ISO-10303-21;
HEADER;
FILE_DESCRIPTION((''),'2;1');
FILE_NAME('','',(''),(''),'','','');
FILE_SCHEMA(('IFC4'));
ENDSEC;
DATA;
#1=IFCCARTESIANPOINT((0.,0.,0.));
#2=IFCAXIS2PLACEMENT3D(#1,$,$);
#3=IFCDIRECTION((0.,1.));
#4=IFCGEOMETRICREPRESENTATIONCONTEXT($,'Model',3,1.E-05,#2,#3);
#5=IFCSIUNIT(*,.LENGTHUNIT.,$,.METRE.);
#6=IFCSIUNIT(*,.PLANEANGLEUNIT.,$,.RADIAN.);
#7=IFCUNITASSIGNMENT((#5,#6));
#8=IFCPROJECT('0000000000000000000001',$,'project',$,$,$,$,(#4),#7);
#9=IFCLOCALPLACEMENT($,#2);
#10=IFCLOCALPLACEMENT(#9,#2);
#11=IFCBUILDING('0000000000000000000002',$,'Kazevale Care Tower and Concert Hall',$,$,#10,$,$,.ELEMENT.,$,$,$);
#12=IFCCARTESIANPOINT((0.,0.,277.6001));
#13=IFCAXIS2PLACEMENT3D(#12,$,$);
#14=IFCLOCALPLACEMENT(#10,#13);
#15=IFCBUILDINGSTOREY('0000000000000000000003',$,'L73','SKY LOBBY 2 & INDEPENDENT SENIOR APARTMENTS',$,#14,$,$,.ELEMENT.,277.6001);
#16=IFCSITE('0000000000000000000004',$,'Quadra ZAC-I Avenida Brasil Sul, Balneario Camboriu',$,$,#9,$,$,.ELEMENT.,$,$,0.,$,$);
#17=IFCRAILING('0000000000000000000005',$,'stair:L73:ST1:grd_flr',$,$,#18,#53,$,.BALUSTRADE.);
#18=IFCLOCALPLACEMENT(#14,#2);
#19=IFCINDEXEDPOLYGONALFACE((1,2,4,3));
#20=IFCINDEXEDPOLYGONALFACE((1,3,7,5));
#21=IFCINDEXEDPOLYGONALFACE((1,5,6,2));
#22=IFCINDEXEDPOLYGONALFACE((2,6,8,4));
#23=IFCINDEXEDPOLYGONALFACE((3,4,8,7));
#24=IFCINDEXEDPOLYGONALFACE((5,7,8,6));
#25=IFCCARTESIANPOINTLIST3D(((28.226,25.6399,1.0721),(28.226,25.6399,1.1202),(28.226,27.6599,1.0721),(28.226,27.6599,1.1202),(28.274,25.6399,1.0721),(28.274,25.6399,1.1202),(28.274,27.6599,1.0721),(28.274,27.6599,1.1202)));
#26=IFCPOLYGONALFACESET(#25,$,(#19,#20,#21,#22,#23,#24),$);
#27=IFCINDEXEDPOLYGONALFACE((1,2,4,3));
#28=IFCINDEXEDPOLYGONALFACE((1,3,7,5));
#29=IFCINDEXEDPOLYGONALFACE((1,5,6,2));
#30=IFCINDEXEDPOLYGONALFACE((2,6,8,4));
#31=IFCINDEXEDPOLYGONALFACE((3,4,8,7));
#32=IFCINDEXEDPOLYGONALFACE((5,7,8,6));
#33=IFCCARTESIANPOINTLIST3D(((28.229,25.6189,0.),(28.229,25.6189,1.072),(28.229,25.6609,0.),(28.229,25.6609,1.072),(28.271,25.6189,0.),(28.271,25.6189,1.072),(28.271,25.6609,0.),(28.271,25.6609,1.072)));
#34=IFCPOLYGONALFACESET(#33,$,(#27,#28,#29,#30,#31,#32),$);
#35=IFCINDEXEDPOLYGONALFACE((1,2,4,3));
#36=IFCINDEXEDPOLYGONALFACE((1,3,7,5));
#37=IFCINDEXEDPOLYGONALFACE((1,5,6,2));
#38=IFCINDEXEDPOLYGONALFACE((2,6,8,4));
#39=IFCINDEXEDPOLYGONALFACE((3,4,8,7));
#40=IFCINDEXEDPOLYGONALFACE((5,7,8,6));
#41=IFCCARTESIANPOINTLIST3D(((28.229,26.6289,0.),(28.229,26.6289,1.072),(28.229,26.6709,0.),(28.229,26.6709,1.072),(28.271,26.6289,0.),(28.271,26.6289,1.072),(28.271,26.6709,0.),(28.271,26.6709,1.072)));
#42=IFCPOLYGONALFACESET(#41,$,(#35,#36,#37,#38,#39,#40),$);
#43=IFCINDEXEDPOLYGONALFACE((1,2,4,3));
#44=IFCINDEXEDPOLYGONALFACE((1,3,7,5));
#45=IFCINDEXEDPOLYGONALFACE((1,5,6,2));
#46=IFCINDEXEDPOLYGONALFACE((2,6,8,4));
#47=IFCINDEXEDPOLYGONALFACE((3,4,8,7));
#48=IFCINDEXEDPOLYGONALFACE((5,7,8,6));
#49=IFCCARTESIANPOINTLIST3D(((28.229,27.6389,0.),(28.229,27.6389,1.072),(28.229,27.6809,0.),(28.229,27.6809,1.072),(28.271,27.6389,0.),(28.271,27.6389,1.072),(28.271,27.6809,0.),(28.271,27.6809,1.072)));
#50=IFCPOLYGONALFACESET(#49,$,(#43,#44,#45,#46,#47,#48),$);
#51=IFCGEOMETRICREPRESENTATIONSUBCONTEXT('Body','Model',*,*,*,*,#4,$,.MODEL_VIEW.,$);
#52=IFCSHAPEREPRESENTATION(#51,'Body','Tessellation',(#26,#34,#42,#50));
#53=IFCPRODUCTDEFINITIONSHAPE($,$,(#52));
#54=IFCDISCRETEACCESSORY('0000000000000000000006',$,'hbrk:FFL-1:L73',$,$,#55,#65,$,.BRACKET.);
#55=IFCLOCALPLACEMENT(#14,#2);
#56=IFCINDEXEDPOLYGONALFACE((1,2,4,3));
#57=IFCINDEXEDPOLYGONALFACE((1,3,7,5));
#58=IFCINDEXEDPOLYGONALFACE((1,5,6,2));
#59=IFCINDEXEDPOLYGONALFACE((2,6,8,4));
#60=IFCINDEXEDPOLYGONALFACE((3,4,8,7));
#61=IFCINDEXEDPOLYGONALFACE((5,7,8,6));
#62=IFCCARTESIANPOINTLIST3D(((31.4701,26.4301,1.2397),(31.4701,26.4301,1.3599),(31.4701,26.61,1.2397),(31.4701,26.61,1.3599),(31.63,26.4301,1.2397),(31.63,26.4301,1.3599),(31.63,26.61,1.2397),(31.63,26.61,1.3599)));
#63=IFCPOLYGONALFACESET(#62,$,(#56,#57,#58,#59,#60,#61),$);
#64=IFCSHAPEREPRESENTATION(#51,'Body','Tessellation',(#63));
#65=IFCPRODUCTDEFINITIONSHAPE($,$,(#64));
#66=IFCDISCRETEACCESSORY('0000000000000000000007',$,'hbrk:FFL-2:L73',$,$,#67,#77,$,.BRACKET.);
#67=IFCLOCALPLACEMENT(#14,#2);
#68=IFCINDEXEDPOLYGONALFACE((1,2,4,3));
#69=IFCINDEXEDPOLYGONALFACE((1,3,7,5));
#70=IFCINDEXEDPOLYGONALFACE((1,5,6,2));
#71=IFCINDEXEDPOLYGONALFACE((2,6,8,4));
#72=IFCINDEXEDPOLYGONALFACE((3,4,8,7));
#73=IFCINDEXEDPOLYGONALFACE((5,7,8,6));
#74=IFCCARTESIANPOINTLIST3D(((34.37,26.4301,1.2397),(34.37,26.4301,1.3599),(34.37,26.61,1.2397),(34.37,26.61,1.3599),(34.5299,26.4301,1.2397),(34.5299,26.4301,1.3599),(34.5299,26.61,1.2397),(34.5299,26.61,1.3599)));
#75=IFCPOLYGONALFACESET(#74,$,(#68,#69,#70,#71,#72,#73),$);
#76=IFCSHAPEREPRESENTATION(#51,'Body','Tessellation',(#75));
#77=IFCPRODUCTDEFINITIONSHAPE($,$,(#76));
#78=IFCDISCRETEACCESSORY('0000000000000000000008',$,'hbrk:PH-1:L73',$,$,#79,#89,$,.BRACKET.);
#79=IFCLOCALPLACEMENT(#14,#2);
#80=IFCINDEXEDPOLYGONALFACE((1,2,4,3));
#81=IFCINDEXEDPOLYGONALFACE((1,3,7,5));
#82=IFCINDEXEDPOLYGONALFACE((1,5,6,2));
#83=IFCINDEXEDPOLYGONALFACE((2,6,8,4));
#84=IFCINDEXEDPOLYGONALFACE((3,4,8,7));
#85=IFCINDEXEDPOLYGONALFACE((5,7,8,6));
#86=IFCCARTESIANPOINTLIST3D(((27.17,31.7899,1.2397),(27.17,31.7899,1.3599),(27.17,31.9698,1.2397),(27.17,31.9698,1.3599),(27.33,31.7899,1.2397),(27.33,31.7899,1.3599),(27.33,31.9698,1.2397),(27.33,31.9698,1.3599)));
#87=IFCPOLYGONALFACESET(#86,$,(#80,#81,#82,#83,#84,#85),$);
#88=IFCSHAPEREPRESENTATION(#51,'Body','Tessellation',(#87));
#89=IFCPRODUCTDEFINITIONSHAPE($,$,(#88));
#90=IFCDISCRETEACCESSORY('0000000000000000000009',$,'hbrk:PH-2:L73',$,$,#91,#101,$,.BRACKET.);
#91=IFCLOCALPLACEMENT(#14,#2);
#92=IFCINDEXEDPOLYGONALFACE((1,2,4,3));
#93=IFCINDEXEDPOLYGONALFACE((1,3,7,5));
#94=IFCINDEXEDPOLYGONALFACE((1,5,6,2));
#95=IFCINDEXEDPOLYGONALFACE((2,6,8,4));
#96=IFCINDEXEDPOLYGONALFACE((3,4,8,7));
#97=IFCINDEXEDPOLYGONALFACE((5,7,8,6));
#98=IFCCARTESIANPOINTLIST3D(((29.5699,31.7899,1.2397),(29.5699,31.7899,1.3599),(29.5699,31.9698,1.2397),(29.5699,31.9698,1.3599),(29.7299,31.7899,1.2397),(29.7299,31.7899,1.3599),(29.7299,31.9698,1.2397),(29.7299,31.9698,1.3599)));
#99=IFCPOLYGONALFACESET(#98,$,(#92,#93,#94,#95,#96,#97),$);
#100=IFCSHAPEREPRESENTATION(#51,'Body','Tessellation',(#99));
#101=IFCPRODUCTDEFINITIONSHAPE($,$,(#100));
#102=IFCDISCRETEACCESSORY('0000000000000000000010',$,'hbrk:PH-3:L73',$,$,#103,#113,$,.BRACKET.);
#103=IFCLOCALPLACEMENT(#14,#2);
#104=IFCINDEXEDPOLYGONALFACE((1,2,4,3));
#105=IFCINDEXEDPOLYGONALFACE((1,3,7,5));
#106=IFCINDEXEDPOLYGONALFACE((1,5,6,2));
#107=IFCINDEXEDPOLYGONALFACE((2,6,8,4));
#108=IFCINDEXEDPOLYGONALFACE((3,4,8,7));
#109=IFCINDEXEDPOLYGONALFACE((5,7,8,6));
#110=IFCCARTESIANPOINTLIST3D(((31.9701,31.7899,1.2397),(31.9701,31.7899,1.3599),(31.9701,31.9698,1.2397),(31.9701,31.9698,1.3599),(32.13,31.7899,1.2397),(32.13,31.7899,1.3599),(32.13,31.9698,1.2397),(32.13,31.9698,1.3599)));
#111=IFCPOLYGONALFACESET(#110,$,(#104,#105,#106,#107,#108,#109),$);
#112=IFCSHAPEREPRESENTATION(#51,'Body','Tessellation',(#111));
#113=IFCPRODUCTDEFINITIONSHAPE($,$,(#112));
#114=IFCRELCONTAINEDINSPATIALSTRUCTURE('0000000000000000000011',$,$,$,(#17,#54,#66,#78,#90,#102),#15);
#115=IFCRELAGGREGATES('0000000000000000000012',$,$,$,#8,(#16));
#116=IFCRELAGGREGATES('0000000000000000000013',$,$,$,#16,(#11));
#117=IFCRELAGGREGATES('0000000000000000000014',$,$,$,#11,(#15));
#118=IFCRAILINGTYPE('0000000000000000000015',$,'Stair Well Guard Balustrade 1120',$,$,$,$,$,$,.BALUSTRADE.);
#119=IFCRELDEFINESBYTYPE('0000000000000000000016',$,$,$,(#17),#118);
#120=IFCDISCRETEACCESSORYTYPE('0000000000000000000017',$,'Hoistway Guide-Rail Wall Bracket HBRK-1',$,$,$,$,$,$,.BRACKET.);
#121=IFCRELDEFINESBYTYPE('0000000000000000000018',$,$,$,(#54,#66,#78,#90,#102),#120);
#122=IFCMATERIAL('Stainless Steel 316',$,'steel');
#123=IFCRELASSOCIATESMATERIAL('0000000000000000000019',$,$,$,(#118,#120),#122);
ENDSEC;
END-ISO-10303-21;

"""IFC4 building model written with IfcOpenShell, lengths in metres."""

from ifc_helpers import new_model, si_unit, direction, frame, origin, origin_2d, place, context, subcontext, project, spatial, rectangle, extrude, material, type_object, element, save


model = new_model("IFC4")

# Units and contexts
model_context = context("Model", 3, precision=1e-05, world=origin(), true_north=direction((0.0, 1.0)))
body_context = subcontext(model_context, "Body", "Model", "MODEL_VIEW")
ifc_project = project(units=[si_unit("LENGTHUNIT", "METRE"), si_unit("PLANEANGLEUNIT", "RADIAN")], contexts=[model_context])

# Site, building, storey
site_placement = place(None, origin())
site = spatial("IfcSite", under=ifc_project, at=site_placement, Name="Quadra ZAC-I Avenida Brasil Sul, Balneario Camboriu", CompositionType="ELEMENT", RefElevation=0.0)
building_placement = place(site_placement, origin())
building = spatial("IfcBuilding", under=site, at=building_placement, Name="Kazevale Care Tower and Concert Hall", CompositionType="ELEMENT")
storey_placement = place(building_placement, frame((0.0, 0.0, 277.6001)))
storey = spatial("IfcBuildingStorey", under=building, at=storey_placement, Name="L73", Description="SKY LOBBY 2 & INDEPENDENT SENIOR APARTMENTS", CompositionType="ELEMENT", Elevation=277.6001)

# Shared definitions
ifc_material_1 = material(Name="Stainless Steel 316", Category="steel")

# Railing
railing_type_1 = type_object("IfcRailingType", Name="Stair Well Guard Balustrade 1120", PredefinedType="BALUSTRADE", material=ifc_material_1)
railing_1_placement = place(storey_placement, frame((28.25, 25.6399, 0.0)))
element("IfcRailing", 1, at=railing_1_placement, inside=storey, type_object=railing_type_1, Name="stair:L73:ST1:grd_flr", PredefinedType="BALUSTRADE", context=body_context, shape_type="SweptSolid", body=[
    extrude(rectangle(XDim=0.0481, YDim=0.0481, at=origin_2d()), frame((0.0, 0.0, 1.0962), z_axis=(0.0, 1.0, 0.0), x_axis=(-1.0, 0.0, 0.0)), (0.0, 0.0, 1.0), 2.02),
    extrude(rectangle(XDim=0.042, YDim=0.042, at=origin_2d()), origin(), (0.0, 0.0, 1.0), 1.072),
    extrude(rectangle(XDim=0.042, YDim=0.042, at=origin_2d()), frame((0.0, 1.01, 0.0)), (0.0, 0.0, 1.0), 1.072),
    extrude(rectangle(XDim=0.042, YDim=0.042, at=origin_2d()), frame((0.0, 2.02, 0.0)), (0.0, 0.0, 1.0), 1.072),
])

# Discrete accessories
discrete_accessory_type = type_object("IfcDiscreteAccessoryType", Name="Hoistway Guide-Rail Wall Bracket HBRK-1", PredefinedType="BRACKET", material=ifc_material_1)
for number, where, z_axis, x_axis, name in (
    (2, (31.55, 26.52, 1.2397), (0.0, 0.0, 1.0), (1.0, 0.0, 0.0), "hbrk:FFL-1:L73"),
    (3, (34.45, 26.52, 1.2397), (0.0, 0.0, 1.0), (1.0, 0.0, 0.0), "hbrk:FFL-2:L73"),
    (4, (27.25, 31.8799, 1.2397), (0.0, 0.0, 1.0), (1.0, 0.0, 0.0), "hbrk:PH-1:L73"),
    (5, (29.6499, 31.8799, 1.2397), (0.0, 0.0, 1.0), (1.0, 0.0, 0.0), "hbrk:PH-2:L73"),
    (6, (32.05, 31.8799, 1.2397), (0.0, 0.0, 1.0), (1.0, 0.0, 0.0), "hbrk:PH-3:L73"),
):
    element("IfcDiscreteAccessory", number, at=place(storey_placement, frame(where, z_axis=z_axis, x_axis=x_axis)), inside=storey, type_object=discrete_accessory_type, Name=name, PredefinedType="BRACKET", context=body_context, shape_type="SweptSolid", body=[
        extrude(rectangle(XDim=0.1599, YDim=0.1799, at=origin_2d()), origin(), (0.0, 0.0, 1.0), 0.1201),
    ])

save(model, "model.ifc")
